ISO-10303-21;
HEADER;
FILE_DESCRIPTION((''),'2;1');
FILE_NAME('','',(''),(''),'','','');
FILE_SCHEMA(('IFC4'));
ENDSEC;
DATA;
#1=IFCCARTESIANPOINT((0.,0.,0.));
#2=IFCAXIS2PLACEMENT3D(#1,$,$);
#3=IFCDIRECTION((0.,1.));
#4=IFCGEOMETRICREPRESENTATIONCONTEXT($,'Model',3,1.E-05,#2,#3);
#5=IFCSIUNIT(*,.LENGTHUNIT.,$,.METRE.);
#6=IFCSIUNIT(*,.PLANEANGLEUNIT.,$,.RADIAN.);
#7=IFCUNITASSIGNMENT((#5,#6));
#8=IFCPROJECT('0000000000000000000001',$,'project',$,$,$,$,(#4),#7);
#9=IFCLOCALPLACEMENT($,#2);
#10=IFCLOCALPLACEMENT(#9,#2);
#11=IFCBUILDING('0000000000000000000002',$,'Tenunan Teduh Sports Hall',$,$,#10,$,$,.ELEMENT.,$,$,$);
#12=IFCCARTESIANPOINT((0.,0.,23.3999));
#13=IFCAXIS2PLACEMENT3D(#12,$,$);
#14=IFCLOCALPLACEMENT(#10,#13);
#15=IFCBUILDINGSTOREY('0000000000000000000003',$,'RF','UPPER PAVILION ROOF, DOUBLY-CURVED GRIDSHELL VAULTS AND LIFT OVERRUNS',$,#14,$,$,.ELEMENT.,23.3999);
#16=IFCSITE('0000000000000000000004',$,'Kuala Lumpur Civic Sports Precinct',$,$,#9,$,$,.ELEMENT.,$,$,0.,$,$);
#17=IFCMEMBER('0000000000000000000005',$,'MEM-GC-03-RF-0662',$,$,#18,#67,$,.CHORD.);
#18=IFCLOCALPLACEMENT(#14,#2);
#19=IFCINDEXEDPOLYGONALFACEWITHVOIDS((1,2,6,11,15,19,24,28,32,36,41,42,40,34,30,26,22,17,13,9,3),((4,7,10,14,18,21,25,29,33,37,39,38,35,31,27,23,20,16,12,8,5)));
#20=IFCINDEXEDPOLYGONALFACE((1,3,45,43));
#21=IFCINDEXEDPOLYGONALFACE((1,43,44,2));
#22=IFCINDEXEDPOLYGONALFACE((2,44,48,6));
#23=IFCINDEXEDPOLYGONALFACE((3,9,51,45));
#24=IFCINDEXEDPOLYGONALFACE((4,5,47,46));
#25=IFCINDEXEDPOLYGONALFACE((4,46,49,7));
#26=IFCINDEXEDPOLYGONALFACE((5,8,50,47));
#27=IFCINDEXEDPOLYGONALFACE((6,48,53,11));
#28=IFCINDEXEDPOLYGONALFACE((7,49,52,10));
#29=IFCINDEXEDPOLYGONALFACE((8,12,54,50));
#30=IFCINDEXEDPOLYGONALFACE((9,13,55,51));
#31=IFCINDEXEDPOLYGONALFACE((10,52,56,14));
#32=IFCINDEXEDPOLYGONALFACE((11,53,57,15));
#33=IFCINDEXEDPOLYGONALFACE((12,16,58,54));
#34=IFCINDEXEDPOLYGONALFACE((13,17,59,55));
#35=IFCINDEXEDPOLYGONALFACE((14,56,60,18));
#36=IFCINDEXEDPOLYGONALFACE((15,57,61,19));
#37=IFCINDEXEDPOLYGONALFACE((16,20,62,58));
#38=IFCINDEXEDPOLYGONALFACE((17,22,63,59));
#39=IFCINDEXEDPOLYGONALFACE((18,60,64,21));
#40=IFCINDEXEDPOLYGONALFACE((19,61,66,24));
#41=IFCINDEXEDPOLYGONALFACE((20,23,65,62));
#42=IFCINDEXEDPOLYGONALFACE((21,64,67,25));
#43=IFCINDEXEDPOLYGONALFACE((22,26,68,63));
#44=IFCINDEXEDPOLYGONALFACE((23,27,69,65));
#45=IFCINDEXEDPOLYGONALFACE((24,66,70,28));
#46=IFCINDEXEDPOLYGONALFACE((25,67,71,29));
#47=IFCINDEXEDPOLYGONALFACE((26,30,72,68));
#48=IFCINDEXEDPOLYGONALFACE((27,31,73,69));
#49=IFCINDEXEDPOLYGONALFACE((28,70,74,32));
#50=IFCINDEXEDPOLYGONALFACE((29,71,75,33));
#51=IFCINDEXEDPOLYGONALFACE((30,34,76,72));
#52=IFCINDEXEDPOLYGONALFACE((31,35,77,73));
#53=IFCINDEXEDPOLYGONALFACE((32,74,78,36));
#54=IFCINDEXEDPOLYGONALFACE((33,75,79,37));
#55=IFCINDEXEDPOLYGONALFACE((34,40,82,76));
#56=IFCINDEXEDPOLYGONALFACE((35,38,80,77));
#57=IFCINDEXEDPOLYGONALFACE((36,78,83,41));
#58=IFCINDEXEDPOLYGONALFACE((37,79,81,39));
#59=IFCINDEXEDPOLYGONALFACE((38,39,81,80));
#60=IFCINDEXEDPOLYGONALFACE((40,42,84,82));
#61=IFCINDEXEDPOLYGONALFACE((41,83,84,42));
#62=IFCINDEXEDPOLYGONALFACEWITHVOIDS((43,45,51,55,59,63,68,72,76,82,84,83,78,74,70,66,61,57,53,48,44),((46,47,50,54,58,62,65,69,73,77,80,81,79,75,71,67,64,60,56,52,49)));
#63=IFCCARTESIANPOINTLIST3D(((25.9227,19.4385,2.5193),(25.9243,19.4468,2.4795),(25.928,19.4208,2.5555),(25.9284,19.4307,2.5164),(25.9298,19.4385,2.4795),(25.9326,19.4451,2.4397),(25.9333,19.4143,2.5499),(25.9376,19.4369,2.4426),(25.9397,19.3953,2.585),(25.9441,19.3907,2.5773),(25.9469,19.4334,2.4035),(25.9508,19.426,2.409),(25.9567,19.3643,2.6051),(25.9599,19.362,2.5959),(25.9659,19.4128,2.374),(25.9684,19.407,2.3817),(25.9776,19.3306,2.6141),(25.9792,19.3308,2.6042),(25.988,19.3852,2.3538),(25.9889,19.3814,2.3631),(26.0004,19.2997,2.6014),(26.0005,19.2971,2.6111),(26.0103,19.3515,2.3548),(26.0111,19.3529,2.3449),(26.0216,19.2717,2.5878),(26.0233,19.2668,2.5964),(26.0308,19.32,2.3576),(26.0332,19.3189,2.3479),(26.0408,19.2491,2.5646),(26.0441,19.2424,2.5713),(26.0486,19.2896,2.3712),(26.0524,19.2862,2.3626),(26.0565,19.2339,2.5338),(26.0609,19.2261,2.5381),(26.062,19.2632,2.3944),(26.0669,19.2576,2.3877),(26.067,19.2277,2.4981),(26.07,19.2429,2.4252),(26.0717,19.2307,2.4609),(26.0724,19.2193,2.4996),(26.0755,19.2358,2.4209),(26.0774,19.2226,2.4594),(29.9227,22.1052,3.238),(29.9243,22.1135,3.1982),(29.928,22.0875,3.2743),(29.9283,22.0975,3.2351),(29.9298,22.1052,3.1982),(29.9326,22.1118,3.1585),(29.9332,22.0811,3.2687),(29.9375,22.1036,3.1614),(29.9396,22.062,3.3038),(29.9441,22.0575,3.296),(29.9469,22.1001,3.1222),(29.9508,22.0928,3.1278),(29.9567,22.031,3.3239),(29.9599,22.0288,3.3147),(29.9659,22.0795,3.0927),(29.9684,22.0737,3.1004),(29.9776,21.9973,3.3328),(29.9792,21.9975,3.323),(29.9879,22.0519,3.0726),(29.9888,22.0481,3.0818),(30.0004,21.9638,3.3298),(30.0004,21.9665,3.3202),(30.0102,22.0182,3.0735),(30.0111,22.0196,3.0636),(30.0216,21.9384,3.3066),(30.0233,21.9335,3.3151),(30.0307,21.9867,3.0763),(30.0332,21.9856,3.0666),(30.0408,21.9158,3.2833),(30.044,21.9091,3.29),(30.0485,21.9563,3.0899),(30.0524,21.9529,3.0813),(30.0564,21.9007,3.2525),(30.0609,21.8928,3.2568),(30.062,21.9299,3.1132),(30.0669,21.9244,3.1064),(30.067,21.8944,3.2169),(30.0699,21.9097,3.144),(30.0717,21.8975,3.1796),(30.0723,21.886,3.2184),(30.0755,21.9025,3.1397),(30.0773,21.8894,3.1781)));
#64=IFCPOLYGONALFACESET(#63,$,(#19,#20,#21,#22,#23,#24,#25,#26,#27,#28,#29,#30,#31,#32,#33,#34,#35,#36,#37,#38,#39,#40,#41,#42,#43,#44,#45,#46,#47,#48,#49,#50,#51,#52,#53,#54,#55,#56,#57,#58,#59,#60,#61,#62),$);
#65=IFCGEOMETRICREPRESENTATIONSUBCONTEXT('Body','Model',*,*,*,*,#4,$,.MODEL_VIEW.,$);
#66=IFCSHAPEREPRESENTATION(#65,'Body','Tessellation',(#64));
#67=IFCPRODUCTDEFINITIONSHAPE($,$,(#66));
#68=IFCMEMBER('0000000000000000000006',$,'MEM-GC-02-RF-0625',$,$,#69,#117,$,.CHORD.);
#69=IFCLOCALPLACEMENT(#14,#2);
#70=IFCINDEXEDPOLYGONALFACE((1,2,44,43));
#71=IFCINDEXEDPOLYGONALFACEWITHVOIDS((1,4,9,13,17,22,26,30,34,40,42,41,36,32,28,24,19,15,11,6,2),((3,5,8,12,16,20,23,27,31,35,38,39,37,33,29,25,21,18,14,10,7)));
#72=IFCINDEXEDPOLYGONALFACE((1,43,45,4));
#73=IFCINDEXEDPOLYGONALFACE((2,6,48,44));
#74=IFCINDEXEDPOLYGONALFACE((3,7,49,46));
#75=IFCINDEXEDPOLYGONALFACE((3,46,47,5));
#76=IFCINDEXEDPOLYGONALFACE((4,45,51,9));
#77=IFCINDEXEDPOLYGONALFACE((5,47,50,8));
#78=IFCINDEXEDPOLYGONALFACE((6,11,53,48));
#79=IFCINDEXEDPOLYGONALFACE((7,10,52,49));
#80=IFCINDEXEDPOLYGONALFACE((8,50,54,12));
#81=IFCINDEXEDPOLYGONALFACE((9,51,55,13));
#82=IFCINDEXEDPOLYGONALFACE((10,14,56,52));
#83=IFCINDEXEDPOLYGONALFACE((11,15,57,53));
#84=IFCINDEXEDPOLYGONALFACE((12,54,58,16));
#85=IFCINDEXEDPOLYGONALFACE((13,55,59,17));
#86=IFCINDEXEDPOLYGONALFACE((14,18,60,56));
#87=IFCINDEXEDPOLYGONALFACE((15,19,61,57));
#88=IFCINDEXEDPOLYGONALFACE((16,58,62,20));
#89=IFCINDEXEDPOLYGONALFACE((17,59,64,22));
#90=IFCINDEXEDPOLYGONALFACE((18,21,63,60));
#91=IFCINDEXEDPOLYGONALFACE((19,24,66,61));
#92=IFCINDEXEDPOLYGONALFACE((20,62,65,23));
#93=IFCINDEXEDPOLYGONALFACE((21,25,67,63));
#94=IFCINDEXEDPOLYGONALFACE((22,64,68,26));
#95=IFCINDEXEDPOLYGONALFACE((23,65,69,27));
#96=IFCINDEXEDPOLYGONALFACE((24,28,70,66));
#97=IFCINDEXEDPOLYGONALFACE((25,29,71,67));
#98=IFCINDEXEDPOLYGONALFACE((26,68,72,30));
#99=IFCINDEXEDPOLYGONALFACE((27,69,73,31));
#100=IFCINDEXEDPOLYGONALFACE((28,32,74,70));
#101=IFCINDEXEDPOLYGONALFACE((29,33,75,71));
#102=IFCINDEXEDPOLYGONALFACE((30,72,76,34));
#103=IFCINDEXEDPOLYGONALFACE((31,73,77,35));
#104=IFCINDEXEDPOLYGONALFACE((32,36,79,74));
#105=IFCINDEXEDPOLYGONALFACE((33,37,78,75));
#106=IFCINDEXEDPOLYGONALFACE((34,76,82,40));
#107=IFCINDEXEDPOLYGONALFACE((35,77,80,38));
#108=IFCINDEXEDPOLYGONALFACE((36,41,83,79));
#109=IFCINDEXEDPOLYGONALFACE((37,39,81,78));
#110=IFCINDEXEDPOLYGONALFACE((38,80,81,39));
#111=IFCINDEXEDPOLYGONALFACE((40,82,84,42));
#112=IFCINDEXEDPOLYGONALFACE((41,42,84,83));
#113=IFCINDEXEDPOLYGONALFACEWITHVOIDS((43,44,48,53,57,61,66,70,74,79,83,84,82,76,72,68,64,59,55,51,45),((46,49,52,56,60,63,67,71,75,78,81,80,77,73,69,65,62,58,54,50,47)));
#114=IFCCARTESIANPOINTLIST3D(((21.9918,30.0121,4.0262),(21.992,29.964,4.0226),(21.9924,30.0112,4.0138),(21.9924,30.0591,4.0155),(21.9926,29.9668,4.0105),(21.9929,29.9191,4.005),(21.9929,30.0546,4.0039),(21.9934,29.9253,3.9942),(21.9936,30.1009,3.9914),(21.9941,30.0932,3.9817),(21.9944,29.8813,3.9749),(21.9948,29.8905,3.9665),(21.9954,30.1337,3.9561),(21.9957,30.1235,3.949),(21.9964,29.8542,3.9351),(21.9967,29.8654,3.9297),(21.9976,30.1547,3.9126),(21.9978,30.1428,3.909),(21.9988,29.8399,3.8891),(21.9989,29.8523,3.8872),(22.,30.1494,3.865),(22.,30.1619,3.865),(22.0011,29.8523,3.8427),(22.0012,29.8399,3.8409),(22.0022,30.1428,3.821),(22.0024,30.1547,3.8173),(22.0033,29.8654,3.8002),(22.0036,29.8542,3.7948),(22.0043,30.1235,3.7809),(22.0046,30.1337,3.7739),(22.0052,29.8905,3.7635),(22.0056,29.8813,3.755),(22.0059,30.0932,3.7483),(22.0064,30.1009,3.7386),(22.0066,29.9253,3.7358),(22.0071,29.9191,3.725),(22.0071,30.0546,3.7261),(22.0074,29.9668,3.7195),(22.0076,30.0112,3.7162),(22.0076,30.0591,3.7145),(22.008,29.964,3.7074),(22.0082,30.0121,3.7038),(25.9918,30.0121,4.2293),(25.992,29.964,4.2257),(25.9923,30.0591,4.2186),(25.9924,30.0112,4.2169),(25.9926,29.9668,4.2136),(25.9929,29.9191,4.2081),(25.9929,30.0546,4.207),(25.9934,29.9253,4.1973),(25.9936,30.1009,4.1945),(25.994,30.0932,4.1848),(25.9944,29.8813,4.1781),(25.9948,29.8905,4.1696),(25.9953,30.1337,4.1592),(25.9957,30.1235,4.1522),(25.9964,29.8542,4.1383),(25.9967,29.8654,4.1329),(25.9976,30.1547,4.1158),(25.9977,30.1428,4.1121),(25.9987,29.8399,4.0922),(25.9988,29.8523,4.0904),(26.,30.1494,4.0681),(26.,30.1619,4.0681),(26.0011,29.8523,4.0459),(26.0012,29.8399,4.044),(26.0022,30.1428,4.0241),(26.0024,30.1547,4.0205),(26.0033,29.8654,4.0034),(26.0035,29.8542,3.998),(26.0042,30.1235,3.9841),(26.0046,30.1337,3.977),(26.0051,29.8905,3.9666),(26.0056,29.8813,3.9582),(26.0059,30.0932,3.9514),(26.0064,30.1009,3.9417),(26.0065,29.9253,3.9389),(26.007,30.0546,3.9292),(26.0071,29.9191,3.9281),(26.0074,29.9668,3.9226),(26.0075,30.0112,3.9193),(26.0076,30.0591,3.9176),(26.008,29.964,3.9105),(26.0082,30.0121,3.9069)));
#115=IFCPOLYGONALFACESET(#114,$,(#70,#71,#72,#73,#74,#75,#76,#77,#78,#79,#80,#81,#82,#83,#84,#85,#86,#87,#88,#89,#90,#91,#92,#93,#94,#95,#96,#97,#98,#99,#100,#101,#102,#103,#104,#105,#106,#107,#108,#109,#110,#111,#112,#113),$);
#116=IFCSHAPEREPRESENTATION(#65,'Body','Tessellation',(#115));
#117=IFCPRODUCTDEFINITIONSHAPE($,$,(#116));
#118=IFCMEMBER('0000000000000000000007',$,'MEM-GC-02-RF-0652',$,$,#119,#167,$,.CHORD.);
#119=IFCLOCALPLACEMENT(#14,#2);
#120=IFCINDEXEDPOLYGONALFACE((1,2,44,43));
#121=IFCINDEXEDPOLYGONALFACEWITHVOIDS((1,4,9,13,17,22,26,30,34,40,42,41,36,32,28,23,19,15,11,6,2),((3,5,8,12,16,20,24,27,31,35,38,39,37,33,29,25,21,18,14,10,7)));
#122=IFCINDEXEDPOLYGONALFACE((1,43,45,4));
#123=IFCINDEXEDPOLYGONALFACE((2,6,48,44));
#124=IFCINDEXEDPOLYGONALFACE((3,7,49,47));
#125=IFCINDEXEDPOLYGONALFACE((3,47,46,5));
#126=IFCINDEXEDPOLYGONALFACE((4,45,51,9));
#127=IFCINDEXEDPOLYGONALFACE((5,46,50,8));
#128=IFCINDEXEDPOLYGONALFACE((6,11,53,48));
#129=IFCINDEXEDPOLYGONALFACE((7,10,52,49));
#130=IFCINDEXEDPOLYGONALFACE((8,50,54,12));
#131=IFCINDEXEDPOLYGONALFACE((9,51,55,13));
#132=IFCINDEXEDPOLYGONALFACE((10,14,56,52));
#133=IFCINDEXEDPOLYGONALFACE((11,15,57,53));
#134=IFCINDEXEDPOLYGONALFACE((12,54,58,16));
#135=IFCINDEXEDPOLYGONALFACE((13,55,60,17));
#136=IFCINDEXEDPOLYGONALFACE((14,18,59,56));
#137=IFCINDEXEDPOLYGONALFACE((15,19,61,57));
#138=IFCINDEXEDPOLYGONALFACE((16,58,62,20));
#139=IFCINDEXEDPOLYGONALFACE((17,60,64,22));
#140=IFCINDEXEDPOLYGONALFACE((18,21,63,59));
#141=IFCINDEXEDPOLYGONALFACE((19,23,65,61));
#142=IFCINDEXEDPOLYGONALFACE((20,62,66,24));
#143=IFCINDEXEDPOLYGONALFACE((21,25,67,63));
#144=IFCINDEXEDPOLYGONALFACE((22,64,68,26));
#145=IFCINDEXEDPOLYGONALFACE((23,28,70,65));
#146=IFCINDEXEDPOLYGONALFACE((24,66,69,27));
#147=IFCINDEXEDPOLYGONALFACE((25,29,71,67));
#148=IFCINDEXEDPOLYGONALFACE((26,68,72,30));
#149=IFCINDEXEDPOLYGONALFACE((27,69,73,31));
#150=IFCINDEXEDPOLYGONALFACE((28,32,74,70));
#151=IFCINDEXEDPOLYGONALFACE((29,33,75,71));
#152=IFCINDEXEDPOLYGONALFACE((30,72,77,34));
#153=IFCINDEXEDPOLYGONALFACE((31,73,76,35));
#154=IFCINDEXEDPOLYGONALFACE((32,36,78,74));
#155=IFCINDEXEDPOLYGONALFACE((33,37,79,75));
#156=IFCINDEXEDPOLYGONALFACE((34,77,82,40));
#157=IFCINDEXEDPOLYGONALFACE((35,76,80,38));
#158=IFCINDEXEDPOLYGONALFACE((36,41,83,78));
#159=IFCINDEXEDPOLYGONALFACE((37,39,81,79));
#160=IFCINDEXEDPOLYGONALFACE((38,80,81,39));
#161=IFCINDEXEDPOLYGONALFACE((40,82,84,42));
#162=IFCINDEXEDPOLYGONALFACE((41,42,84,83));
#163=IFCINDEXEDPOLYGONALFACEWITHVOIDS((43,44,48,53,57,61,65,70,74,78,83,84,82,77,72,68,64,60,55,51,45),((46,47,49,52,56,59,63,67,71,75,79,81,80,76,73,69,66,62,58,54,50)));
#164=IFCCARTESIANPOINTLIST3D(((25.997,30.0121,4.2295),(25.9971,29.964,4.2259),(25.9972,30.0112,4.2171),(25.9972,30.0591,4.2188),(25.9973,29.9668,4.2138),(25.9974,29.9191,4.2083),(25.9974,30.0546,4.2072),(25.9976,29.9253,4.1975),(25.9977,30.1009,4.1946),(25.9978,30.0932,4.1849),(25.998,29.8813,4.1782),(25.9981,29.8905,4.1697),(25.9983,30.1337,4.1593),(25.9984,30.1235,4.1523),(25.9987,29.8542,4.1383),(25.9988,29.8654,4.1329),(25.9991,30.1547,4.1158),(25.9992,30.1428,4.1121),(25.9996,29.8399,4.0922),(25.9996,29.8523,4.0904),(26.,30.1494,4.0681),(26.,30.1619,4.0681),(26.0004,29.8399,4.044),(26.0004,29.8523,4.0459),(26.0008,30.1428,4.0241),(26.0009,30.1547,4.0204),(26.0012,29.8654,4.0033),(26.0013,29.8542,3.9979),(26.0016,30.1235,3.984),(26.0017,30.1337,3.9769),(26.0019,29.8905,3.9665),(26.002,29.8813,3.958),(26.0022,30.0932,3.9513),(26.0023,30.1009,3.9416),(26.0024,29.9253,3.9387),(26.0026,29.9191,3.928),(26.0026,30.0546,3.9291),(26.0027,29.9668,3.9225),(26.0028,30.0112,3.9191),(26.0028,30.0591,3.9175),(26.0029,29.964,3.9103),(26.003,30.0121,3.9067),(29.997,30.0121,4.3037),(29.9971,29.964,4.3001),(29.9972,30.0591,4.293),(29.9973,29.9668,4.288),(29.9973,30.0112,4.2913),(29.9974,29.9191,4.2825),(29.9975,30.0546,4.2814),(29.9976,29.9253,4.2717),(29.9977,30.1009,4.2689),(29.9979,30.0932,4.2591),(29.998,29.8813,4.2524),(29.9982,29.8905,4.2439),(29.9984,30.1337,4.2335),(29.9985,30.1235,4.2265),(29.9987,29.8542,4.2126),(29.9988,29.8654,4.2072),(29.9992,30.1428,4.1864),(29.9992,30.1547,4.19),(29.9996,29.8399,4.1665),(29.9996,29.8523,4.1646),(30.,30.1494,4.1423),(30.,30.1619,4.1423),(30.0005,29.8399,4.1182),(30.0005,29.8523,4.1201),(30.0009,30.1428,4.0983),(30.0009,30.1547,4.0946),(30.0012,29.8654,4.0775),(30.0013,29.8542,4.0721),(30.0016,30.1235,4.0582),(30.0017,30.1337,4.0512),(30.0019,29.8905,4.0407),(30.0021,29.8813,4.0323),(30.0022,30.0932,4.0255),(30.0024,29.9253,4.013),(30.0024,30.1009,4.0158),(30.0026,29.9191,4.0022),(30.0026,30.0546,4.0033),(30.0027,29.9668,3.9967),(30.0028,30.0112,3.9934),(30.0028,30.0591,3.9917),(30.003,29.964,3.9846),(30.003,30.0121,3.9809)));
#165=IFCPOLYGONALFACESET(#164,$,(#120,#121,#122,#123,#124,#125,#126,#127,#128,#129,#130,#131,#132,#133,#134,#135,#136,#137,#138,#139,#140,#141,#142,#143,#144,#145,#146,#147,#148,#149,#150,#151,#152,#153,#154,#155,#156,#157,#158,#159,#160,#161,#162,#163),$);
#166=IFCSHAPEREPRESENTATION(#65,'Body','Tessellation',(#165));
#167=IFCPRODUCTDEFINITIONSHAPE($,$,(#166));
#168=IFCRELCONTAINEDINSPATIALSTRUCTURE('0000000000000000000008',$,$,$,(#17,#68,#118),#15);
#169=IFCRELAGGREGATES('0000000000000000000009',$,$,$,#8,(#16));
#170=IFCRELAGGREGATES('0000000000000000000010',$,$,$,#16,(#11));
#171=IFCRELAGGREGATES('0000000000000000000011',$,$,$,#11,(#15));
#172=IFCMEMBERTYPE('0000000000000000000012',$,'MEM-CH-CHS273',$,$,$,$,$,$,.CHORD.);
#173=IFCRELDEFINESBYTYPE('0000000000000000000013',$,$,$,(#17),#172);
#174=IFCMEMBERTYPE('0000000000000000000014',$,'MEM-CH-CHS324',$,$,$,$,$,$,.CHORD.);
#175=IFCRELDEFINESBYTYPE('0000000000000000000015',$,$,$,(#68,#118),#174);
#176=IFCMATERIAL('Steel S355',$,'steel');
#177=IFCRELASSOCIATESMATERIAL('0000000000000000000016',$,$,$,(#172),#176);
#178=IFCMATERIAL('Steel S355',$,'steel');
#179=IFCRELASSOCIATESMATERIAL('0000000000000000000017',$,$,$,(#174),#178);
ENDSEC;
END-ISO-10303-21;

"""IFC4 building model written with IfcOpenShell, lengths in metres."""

from ifc_helpers import new_model, si_unit, direction, frame, origin, origin_2d, place, context, subcontext, project, spatial, hollow_circle, extrude, material, material_profile, profile_set, type_object, element, save


model = new_model("IFC4")

# Units and contexts
model_context = context("Model", 3, precision=1e-05, world=origin(), true_north=direction((0.0, 1.0)))
body_context = subcontext(model_context, "Body", "Model", "MODEL_VIEW")
ifc_project = project(units=[si_unit("LENGTHUNIT", "METRE"), si_unit("PLANEANGLEUNIT", "RADIAN")], contexts=[model_context])

# Site, building, storey
site_placement = place(None, origin())
site = spatial("IfcSite", under=ifc_project, at=site_placement, Name="Kuala Lumpur Civic Sports Precinct", CompositionType="ELEMENT", RefElevation=0.0)
building_placement = place(site_placement, origin())
building = spatial("IfcBuilding", under=site, at=building_placement, Name="Tenunan Teduh Sports Hall", CompositionType="ELEMENT")
storey_placement = place(building_placement, frame((0.0, 0.0, 23.3999)))
storey = spatial("IfcBuildingStorey", under=building, at=storey_placement, Name="RF", Description="UPPER PAVILION ROOF, DOUBLY-CURVED GRIDSHELL VAULTS AND LIFT OVERRUNS", CompositionType="ELEMENT", Elevation=23.3999)

# Members
ifc_material_1 = material(Name="Steel S355", Category="steel")
ifc_material_profile_1 = material_profile(ifc_material_1, hollow_circle(Radius=0.1365, WallThickness=0.01, at=origin_2d()), Name="CHS 273.0x10.0")
ifc_profile_set_1 = profile_set([ifc_material_profile_1], Name="Steel S355")
member_type_1 = type_object("IfcMemberType", Name="MEM-CH-CHS273", PredefinedType="CHORD", material=ifc_profile_set_1)
member_1_placement = place(storey_placement, frame((26.0, 19.3333, 2.4795), z_axis=(0.822896, 0.548614, 0.147864), x_axis=(-0.554712, 0.832042, 0.0)))
element("IfcMember", 1, at=member_1_placement, inside=storey, type_object=member_type_1, Name="MEM-GC-03-RF-0662", PredefinedType="CHORD", context=body_context, shape_type="SweptSolid", body=[
    extrude(hollow_circle(Radius=0.1365, WallThickness=0.01, at=origin_2d()), origin(), (0.0, 0.0, 1.0), 4.8608),
])
ifc_material_2 = material(Name="Steel S355", Category="steel")
ifc_material_profile_2 = material_profile(ifc_material_2, hollow_circle(Radius=0.1619, WallThickness=0.0125, at=origin_2d()), Name="CHS 323.9x12.5")
ifc_profile_set_2 = profile_set([ifc_material_profile_2], Name="Steel S355")
member_type_2 = type_object("IfcMemberType", Name="MEM-CH-CHS324", PredefinedType="CHORD", material=ifc_profile_set_2)
member_2_placement = place(storey_placement, frame((22.0, 30.0, 3.865), z_axis=(0.998713, 0.0, 0.050716), x_axis=(0.0, 1.0, 0.0)))
element("IfcMember", 2, at=member_2_placement, inside=storey, type_object=member_type_2, Name="MEM-GC-02-RF-0625", PredefinedType="CHORD", context=body_context, shape_type="SweptSolid", body=[
    extrude(hollow_circle(Radius=0.1619, WallThickness=0.0125, at=origin_2d()), origin(), (0.0, 0.0, 1.0), 4.0051),
])
member_3_placement = place(storey_placement, frame((26.0, 30.0, 4.0681), z_axis=(0.999828, 0.0, 0.018551), x_axis=(0.0, 1.0, 0.0)))
element("IfcMember", 3, at=member_3_placement, inside=storey, type_object=member_type_2, Name="MEM-GC-02-RF-0652", PredefinedType="CHORD", context=body_context, shape_type="SweptSolid", body=[
    extrude(hollow_circle(Radius=0.1619, WallThickness=0.0125, at=origin_2d()), origin(), (0.0, 0.0, 1.0), 4.0007),
])

save(model, "model.ifc")
